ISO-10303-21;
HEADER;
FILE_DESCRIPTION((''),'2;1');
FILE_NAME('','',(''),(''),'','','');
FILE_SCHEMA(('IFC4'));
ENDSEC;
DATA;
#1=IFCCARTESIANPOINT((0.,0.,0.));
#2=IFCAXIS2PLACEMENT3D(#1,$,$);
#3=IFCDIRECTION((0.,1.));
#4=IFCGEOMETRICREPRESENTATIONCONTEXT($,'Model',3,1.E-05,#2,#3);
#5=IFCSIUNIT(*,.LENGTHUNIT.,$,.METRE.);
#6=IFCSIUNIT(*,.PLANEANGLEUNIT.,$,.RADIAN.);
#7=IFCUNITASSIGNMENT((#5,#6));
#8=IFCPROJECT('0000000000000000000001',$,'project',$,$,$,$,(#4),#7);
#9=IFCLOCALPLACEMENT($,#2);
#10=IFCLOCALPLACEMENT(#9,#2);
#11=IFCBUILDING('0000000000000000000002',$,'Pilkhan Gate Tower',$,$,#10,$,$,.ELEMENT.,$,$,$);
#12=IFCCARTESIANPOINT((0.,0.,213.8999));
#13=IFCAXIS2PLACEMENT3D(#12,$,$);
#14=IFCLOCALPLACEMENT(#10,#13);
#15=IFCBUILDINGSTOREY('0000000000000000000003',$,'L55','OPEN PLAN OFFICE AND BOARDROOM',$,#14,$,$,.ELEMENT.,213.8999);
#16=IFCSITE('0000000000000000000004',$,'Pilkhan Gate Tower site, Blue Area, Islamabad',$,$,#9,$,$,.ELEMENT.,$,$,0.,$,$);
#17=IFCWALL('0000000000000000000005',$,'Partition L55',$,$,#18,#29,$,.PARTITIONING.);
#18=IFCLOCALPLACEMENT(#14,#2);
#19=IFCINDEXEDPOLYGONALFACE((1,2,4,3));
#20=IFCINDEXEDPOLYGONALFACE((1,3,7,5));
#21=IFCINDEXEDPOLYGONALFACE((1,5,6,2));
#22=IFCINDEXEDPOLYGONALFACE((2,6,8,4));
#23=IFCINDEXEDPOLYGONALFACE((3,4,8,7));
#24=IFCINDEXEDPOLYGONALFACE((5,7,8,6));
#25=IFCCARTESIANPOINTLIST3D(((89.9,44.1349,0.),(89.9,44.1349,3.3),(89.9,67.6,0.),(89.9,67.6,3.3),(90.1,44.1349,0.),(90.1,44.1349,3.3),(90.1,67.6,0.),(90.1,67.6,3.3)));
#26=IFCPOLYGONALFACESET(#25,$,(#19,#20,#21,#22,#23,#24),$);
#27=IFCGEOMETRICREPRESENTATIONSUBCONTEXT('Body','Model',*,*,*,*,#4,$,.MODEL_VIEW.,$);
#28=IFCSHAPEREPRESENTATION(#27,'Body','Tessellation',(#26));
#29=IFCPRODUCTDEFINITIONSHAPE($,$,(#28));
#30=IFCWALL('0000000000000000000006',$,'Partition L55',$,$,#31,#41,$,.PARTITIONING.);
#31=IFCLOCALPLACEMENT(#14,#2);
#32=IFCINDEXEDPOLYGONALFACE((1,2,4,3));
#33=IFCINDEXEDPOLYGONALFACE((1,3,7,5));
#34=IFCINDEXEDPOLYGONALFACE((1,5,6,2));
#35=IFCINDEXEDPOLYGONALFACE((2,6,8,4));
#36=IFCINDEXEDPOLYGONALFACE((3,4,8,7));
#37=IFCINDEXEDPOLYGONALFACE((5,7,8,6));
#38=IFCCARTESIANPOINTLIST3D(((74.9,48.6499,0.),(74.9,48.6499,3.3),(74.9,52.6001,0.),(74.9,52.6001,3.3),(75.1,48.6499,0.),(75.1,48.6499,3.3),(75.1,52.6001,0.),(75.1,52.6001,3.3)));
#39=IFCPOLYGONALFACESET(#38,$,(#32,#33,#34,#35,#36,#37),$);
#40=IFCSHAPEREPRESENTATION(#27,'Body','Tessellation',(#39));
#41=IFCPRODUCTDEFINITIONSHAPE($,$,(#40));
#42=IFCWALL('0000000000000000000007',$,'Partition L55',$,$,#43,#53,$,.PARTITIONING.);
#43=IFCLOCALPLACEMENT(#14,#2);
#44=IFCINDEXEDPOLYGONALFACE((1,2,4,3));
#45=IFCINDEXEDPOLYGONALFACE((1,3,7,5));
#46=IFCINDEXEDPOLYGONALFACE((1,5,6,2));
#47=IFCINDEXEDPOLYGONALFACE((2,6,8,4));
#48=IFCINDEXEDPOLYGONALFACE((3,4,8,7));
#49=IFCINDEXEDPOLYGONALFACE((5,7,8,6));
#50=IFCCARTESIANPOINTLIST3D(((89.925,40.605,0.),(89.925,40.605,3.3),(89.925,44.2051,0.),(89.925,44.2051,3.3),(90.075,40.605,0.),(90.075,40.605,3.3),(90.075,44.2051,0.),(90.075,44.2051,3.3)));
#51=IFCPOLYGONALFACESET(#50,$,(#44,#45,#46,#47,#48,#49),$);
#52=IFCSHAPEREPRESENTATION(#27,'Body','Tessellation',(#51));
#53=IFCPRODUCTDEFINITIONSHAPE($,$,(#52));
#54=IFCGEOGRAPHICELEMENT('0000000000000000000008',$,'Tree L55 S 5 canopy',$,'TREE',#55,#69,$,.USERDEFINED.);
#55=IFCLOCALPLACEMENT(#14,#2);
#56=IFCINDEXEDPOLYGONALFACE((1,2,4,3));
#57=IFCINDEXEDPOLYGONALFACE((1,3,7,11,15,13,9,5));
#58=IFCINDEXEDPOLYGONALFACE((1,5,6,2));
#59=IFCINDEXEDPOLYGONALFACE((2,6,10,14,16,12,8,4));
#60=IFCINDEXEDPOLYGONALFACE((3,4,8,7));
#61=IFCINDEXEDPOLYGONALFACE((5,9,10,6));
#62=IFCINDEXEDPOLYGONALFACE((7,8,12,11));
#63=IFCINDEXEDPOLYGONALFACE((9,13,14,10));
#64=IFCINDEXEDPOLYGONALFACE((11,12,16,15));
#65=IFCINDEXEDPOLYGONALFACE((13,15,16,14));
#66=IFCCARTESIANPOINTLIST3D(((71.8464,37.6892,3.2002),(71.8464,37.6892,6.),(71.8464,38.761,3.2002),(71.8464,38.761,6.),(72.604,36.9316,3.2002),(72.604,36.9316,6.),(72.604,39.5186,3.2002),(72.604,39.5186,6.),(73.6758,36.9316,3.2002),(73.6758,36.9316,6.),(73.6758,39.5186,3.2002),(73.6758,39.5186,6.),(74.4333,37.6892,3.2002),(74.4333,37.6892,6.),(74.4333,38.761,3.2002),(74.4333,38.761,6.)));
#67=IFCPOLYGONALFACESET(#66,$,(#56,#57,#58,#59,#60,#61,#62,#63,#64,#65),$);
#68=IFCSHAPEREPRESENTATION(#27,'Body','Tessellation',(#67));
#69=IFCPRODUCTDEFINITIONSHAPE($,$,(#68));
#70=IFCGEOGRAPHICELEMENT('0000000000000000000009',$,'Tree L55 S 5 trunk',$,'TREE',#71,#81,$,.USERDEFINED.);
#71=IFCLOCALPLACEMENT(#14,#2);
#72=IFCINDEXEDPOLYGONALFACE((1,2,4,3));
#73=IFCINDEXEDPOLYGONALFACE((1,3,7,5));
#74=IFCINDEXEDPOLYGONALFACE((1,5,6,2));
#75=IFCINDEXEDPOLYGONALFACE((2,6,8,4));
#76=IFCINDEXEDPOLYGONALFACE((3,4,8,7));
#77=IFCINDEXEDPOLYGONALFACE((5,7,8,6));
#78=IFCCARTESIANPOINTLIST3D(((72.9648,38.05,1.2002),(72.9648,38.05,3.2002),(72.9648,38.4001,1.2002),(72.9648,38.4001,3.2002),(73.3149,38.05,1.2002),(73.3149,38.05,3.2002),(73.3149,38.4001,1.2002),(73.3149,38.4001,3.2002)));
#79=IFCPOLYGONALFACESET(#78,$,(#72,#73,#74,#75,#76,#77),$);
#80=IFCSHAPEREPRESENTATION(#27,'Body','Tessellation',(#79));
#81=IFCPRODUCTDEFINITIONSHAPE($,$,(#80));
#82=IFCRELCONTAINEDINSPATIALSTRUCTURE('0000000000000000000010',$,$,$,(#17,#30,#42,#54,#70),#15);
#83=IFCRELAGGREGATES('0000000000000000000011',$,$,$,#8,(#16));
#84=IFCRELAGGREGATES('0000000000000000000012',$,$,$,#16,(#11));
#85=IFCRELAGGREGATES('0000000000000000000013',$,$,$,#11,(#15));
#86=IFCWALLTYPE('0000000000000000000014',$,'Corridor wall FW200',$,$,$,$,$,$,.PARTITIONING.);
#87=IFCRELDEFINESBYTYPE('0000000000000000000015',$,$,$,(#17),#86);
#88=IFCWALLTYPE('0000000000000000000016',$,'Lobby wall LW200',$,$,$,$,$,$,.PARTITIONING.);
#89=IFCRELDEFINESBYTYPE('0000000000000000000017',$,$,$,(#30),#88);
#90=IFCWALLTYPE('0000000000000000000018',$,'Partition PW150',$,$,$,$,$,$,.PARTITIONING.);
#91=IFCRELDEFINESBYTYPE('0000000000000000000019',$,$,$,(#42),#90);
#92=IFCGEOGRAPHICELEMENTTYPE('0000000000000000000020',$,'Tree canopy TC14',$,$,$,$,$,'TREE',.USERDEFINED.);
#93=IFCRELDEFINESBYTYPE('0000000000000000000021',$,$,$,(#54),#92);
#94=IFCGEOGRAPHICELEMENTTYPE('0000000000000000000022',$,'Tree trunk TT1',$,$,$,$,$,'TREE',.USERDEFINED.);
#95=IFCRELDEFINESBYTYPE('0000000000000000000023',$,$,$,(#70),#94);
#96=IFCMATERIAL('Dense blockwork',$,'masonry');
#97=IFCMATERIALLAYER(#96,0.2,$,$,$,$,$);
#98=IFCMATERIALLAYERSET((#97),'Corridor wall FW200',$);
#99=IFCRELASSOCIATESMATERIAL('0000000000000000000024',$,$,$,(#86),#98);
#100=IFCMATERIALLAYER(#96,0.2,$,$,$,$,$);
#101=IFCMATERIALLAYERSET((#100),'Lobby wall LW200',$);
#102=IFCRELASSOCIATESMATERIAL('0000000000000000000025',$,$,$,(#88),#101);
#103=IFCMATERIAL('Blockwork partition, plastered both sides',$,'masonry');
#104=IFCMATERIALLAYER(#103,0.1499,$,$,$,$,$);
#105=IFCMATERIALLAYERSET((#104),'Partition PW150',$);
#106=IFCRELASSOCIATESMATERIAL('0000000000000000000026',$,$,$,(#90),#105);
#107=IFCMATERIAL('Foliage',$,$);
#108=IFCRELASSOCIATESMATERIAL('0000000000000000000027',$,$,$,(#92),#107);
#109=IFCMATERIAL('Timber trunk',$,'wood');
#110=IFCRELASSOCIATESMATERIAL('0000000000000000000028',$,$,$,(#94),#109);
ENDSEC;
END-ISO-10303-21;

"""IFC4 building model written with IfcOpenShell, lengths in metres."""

from ifc_helpers import new_model, si_unit, direction, frame, frame_2d, origin, origin_2d, place, context, subcontext, project, spatial, polyline, rectangle, outline, extrude, material, layer, layer_set, material_profile, profile_set, type_object, element, save


model = new_model("IFC4")

# Units and contexts
model_context = context("Model", 3, precision=1e-05, world=origin(), true_north=direction((0.0, 1.0)))
body_context = subcontext(model_context, "Body", "Model", "MODEL_VIEW")
ifc_project = project(units=[si_unit("LENGTHUNIT", "METRE"), si_unit("PLANEANGLEUNIT", "RADIAN")], contexts=[model_context])

# Site, building, storey
site_placement = place(None, origin())
site = spatial("IfcSite", under=ifc_project, at=site_placement, Name="Pilkhan Gate Tower site, Blue Area, Islamabad", CompositionType="ELEMENT", RefElevation=0.0)
building_placement = place(site_placement, origin())
building = spatial("IfcBuilding", under=site, at=building_placement, Name="Pilkhan Gate Tower", CompositionType="ELEMENT")
storey_placement = place(building_placement, frame((0.0, 0.0, 213.8999)))
storey = spatial("IfcBuildingStorey", under=building, at=storey_placement, Name="L55", Description="OPEN PLAN OFFICE AND BOARDROOM", CompositionType="ELEMENT", Elevation=213.8999)

# Shared definitions
ifc_material_1 = material(Name="Dense blockwork", Category="masonry")
ifc_layer_1 = layer(ifc_material_1, 0.2)
ifc_layer_set_1 = layer_set([ifc_layer_1], Name="Corridor wall FW200")
wall_type_1 = type_object("IfcWallType", Name="Corridor wall FW200", PredefinedType="PARTITIONING", material=ifc_layer_set_1)

# Walls
wall_1_placement = place(storey_placement, frame((90.0, 44.135, 0.0), z_axis=(0.0, 0.0, 1.0), x_axis=(0.0, 1.0, 0.0)))
element("IfcWall", 1, at=wall_1_placement, inside=storey, type_object=wall_type_1, Name="Partition L55", PredefinedType="PARTITIONING", context=body_context, shape_type="SweptSolid", body=[
    extrude(rectangle(XDim=23.4651, YDim=0.2, at=frame_2d((11.7324, 0.0))), origin(), (0.0, 0.0, 1.0), 3.3),
])
ifc_layer_2 = layer(ifc_material_1, 0.2)
ifc_layer_set_2 = layer_set([ifc_layer_2], Name="Lobby wall LW200")
wall_type_2 = type_object("IfcWallType", Name="Lobby wall LW200", PredefinedType="PARTITIONING", material=ifc_layer_set_2)
wall_2_placement = place(storey_placement, frame((75.0, 48.6499, 0.0), z_axis=(0.0, 0.0, 1.0), x_axis=(0.0, 1.0, 0.0)))
element("IfcWall", 2, at=wall_2_placement, inside=storey, type_object=wall_type_2, Name="Partition L55", PredefinedType="PARTITIONING", context=body_context, shape_type="SweptSolid", body=[
    extrude(rectangle(XDim=3.9502, YDim=0.2, at=frame_2d((1.9751, 0.0))), origin(), (0.0, 0.0, 1.0), 3.3),
])
ifc_material_2 = material(Name="Blockwork partition, plastered both sides", Category="masonry")
ifc_layer_3 = layer(ifc_material_2, 0.1499)
ifc_layer_set_3 = layer_set([ifc_layer_3], Name="Partition PW150")
wall_type_3 = type_object("IfcWallType", Name="Partition PW150", PredefinedType="PARTITIONING", material=ifc_layer_set_3)
wall_3_placement = place(storey_placement, frame((90.0, 40.605, 0.0), z_axis=(0.0, 0.0, 1.0), x_axis=(0.0, 1.0, 0.0)))
element("IfcWall", 3, at=wall_3_placement, inside=storey, type_object=wall_type_3, Name="Partition L55", PredefinedType="PARTITIONING", context=body_context, shape_type="SweptSolid", body=[
    extrude(rectangle(XDim=3.6001, YDim=0.1499, at=frame_2d((1.8, 0.0))), origin(), (0.0, 0.0, 1.0), 3.3),
])

# Geographic elements
ifc_material_3 = material(Name="Foliage")
ifc_material_profile_1 = material_profile(ifc_material_3, outline(polyline([(1.2935, 0.5359), (0.5359, 1.2935), (-0.5359, 1.2935), (-1.2935, 0.5359), (-1.2935, -0.5359), (-0.5359, -1.2935), (0.5359, -1.2935), (1.2935, -0.5359), (1.2935, 0.5359)])), Name="Canopy D2.8")
ifc_profile_set_1 = profile_set([ifc_material_profile_1], Name="Foliage")
geographic_element_type_1 = type_object("IfcGeographicElementType", Name="Tree canopy TC14", ElementType="TREE", PredefinedType="USERDEFINED", material=ifc_profile_set_1)
geographic_element_1_placement = place(storey_placement, frame((73.1399, 38.2251, 3.2002), z_axis=(0.0, 0.0, 1.0), x_axis=(1.0, 0.0, 0.0)))
element("IfcGeographicElement", 4, at=geographic_element_1_placement, inside=storey, type_object=geographic_element_type_1, Name="Tree L55 S 5 canopy", ObjectType="TREE", PredefinedType="USERDEFINED", context=body_context, shape_type="SweptSolid", body=[
    extrude(outline(polyline([(1.2935, 0.5359), (0.5359, 1.2935), (-0.5359, 1.2935), (-1.2935, 0.5359), (-1.2935, -0.5359), (-0.5359, -1.2935), (0.5359, -1.2935), (1.2935, -0.5359), (1.2935, 0.5359)])), origin(), (0.0, 0.0, 1.0), 2.7998),
])
ifc_material_4 = material(Name="Timber trunk", Category="wood")
geographic_element_type_2 = type_object("IfcGeographicElementType", Name="Tree trunk TT1", ElementType="TREE", PredefinedType="USERDEFINED", material=ifc_material_4)
geographic_element_2_placement = place(storey_placement, frame((73.1399, 38.2251, 1.2002), z_axis=(0.0, 0.0, 1.0), x_axis=(1.0, 0.0, 0.0)))
element("IfcGeographicElement", 5, at=geographic_element_2_placement, inside=storey, type_object=geographic_element_type_2, Name="Tree L55 S 5 trunk", ObjectType="TREE", PredefinedType="USERDEFINED", context=body_context, shape_type="SweptSolid", body=[
    extrude(rectangle(XDim=0.3501, YDim=0.3501, at=origin_2d()), origin(), (0.0, 0.0, 1.0), 2.0),
])

save(model, "model.ifc")
